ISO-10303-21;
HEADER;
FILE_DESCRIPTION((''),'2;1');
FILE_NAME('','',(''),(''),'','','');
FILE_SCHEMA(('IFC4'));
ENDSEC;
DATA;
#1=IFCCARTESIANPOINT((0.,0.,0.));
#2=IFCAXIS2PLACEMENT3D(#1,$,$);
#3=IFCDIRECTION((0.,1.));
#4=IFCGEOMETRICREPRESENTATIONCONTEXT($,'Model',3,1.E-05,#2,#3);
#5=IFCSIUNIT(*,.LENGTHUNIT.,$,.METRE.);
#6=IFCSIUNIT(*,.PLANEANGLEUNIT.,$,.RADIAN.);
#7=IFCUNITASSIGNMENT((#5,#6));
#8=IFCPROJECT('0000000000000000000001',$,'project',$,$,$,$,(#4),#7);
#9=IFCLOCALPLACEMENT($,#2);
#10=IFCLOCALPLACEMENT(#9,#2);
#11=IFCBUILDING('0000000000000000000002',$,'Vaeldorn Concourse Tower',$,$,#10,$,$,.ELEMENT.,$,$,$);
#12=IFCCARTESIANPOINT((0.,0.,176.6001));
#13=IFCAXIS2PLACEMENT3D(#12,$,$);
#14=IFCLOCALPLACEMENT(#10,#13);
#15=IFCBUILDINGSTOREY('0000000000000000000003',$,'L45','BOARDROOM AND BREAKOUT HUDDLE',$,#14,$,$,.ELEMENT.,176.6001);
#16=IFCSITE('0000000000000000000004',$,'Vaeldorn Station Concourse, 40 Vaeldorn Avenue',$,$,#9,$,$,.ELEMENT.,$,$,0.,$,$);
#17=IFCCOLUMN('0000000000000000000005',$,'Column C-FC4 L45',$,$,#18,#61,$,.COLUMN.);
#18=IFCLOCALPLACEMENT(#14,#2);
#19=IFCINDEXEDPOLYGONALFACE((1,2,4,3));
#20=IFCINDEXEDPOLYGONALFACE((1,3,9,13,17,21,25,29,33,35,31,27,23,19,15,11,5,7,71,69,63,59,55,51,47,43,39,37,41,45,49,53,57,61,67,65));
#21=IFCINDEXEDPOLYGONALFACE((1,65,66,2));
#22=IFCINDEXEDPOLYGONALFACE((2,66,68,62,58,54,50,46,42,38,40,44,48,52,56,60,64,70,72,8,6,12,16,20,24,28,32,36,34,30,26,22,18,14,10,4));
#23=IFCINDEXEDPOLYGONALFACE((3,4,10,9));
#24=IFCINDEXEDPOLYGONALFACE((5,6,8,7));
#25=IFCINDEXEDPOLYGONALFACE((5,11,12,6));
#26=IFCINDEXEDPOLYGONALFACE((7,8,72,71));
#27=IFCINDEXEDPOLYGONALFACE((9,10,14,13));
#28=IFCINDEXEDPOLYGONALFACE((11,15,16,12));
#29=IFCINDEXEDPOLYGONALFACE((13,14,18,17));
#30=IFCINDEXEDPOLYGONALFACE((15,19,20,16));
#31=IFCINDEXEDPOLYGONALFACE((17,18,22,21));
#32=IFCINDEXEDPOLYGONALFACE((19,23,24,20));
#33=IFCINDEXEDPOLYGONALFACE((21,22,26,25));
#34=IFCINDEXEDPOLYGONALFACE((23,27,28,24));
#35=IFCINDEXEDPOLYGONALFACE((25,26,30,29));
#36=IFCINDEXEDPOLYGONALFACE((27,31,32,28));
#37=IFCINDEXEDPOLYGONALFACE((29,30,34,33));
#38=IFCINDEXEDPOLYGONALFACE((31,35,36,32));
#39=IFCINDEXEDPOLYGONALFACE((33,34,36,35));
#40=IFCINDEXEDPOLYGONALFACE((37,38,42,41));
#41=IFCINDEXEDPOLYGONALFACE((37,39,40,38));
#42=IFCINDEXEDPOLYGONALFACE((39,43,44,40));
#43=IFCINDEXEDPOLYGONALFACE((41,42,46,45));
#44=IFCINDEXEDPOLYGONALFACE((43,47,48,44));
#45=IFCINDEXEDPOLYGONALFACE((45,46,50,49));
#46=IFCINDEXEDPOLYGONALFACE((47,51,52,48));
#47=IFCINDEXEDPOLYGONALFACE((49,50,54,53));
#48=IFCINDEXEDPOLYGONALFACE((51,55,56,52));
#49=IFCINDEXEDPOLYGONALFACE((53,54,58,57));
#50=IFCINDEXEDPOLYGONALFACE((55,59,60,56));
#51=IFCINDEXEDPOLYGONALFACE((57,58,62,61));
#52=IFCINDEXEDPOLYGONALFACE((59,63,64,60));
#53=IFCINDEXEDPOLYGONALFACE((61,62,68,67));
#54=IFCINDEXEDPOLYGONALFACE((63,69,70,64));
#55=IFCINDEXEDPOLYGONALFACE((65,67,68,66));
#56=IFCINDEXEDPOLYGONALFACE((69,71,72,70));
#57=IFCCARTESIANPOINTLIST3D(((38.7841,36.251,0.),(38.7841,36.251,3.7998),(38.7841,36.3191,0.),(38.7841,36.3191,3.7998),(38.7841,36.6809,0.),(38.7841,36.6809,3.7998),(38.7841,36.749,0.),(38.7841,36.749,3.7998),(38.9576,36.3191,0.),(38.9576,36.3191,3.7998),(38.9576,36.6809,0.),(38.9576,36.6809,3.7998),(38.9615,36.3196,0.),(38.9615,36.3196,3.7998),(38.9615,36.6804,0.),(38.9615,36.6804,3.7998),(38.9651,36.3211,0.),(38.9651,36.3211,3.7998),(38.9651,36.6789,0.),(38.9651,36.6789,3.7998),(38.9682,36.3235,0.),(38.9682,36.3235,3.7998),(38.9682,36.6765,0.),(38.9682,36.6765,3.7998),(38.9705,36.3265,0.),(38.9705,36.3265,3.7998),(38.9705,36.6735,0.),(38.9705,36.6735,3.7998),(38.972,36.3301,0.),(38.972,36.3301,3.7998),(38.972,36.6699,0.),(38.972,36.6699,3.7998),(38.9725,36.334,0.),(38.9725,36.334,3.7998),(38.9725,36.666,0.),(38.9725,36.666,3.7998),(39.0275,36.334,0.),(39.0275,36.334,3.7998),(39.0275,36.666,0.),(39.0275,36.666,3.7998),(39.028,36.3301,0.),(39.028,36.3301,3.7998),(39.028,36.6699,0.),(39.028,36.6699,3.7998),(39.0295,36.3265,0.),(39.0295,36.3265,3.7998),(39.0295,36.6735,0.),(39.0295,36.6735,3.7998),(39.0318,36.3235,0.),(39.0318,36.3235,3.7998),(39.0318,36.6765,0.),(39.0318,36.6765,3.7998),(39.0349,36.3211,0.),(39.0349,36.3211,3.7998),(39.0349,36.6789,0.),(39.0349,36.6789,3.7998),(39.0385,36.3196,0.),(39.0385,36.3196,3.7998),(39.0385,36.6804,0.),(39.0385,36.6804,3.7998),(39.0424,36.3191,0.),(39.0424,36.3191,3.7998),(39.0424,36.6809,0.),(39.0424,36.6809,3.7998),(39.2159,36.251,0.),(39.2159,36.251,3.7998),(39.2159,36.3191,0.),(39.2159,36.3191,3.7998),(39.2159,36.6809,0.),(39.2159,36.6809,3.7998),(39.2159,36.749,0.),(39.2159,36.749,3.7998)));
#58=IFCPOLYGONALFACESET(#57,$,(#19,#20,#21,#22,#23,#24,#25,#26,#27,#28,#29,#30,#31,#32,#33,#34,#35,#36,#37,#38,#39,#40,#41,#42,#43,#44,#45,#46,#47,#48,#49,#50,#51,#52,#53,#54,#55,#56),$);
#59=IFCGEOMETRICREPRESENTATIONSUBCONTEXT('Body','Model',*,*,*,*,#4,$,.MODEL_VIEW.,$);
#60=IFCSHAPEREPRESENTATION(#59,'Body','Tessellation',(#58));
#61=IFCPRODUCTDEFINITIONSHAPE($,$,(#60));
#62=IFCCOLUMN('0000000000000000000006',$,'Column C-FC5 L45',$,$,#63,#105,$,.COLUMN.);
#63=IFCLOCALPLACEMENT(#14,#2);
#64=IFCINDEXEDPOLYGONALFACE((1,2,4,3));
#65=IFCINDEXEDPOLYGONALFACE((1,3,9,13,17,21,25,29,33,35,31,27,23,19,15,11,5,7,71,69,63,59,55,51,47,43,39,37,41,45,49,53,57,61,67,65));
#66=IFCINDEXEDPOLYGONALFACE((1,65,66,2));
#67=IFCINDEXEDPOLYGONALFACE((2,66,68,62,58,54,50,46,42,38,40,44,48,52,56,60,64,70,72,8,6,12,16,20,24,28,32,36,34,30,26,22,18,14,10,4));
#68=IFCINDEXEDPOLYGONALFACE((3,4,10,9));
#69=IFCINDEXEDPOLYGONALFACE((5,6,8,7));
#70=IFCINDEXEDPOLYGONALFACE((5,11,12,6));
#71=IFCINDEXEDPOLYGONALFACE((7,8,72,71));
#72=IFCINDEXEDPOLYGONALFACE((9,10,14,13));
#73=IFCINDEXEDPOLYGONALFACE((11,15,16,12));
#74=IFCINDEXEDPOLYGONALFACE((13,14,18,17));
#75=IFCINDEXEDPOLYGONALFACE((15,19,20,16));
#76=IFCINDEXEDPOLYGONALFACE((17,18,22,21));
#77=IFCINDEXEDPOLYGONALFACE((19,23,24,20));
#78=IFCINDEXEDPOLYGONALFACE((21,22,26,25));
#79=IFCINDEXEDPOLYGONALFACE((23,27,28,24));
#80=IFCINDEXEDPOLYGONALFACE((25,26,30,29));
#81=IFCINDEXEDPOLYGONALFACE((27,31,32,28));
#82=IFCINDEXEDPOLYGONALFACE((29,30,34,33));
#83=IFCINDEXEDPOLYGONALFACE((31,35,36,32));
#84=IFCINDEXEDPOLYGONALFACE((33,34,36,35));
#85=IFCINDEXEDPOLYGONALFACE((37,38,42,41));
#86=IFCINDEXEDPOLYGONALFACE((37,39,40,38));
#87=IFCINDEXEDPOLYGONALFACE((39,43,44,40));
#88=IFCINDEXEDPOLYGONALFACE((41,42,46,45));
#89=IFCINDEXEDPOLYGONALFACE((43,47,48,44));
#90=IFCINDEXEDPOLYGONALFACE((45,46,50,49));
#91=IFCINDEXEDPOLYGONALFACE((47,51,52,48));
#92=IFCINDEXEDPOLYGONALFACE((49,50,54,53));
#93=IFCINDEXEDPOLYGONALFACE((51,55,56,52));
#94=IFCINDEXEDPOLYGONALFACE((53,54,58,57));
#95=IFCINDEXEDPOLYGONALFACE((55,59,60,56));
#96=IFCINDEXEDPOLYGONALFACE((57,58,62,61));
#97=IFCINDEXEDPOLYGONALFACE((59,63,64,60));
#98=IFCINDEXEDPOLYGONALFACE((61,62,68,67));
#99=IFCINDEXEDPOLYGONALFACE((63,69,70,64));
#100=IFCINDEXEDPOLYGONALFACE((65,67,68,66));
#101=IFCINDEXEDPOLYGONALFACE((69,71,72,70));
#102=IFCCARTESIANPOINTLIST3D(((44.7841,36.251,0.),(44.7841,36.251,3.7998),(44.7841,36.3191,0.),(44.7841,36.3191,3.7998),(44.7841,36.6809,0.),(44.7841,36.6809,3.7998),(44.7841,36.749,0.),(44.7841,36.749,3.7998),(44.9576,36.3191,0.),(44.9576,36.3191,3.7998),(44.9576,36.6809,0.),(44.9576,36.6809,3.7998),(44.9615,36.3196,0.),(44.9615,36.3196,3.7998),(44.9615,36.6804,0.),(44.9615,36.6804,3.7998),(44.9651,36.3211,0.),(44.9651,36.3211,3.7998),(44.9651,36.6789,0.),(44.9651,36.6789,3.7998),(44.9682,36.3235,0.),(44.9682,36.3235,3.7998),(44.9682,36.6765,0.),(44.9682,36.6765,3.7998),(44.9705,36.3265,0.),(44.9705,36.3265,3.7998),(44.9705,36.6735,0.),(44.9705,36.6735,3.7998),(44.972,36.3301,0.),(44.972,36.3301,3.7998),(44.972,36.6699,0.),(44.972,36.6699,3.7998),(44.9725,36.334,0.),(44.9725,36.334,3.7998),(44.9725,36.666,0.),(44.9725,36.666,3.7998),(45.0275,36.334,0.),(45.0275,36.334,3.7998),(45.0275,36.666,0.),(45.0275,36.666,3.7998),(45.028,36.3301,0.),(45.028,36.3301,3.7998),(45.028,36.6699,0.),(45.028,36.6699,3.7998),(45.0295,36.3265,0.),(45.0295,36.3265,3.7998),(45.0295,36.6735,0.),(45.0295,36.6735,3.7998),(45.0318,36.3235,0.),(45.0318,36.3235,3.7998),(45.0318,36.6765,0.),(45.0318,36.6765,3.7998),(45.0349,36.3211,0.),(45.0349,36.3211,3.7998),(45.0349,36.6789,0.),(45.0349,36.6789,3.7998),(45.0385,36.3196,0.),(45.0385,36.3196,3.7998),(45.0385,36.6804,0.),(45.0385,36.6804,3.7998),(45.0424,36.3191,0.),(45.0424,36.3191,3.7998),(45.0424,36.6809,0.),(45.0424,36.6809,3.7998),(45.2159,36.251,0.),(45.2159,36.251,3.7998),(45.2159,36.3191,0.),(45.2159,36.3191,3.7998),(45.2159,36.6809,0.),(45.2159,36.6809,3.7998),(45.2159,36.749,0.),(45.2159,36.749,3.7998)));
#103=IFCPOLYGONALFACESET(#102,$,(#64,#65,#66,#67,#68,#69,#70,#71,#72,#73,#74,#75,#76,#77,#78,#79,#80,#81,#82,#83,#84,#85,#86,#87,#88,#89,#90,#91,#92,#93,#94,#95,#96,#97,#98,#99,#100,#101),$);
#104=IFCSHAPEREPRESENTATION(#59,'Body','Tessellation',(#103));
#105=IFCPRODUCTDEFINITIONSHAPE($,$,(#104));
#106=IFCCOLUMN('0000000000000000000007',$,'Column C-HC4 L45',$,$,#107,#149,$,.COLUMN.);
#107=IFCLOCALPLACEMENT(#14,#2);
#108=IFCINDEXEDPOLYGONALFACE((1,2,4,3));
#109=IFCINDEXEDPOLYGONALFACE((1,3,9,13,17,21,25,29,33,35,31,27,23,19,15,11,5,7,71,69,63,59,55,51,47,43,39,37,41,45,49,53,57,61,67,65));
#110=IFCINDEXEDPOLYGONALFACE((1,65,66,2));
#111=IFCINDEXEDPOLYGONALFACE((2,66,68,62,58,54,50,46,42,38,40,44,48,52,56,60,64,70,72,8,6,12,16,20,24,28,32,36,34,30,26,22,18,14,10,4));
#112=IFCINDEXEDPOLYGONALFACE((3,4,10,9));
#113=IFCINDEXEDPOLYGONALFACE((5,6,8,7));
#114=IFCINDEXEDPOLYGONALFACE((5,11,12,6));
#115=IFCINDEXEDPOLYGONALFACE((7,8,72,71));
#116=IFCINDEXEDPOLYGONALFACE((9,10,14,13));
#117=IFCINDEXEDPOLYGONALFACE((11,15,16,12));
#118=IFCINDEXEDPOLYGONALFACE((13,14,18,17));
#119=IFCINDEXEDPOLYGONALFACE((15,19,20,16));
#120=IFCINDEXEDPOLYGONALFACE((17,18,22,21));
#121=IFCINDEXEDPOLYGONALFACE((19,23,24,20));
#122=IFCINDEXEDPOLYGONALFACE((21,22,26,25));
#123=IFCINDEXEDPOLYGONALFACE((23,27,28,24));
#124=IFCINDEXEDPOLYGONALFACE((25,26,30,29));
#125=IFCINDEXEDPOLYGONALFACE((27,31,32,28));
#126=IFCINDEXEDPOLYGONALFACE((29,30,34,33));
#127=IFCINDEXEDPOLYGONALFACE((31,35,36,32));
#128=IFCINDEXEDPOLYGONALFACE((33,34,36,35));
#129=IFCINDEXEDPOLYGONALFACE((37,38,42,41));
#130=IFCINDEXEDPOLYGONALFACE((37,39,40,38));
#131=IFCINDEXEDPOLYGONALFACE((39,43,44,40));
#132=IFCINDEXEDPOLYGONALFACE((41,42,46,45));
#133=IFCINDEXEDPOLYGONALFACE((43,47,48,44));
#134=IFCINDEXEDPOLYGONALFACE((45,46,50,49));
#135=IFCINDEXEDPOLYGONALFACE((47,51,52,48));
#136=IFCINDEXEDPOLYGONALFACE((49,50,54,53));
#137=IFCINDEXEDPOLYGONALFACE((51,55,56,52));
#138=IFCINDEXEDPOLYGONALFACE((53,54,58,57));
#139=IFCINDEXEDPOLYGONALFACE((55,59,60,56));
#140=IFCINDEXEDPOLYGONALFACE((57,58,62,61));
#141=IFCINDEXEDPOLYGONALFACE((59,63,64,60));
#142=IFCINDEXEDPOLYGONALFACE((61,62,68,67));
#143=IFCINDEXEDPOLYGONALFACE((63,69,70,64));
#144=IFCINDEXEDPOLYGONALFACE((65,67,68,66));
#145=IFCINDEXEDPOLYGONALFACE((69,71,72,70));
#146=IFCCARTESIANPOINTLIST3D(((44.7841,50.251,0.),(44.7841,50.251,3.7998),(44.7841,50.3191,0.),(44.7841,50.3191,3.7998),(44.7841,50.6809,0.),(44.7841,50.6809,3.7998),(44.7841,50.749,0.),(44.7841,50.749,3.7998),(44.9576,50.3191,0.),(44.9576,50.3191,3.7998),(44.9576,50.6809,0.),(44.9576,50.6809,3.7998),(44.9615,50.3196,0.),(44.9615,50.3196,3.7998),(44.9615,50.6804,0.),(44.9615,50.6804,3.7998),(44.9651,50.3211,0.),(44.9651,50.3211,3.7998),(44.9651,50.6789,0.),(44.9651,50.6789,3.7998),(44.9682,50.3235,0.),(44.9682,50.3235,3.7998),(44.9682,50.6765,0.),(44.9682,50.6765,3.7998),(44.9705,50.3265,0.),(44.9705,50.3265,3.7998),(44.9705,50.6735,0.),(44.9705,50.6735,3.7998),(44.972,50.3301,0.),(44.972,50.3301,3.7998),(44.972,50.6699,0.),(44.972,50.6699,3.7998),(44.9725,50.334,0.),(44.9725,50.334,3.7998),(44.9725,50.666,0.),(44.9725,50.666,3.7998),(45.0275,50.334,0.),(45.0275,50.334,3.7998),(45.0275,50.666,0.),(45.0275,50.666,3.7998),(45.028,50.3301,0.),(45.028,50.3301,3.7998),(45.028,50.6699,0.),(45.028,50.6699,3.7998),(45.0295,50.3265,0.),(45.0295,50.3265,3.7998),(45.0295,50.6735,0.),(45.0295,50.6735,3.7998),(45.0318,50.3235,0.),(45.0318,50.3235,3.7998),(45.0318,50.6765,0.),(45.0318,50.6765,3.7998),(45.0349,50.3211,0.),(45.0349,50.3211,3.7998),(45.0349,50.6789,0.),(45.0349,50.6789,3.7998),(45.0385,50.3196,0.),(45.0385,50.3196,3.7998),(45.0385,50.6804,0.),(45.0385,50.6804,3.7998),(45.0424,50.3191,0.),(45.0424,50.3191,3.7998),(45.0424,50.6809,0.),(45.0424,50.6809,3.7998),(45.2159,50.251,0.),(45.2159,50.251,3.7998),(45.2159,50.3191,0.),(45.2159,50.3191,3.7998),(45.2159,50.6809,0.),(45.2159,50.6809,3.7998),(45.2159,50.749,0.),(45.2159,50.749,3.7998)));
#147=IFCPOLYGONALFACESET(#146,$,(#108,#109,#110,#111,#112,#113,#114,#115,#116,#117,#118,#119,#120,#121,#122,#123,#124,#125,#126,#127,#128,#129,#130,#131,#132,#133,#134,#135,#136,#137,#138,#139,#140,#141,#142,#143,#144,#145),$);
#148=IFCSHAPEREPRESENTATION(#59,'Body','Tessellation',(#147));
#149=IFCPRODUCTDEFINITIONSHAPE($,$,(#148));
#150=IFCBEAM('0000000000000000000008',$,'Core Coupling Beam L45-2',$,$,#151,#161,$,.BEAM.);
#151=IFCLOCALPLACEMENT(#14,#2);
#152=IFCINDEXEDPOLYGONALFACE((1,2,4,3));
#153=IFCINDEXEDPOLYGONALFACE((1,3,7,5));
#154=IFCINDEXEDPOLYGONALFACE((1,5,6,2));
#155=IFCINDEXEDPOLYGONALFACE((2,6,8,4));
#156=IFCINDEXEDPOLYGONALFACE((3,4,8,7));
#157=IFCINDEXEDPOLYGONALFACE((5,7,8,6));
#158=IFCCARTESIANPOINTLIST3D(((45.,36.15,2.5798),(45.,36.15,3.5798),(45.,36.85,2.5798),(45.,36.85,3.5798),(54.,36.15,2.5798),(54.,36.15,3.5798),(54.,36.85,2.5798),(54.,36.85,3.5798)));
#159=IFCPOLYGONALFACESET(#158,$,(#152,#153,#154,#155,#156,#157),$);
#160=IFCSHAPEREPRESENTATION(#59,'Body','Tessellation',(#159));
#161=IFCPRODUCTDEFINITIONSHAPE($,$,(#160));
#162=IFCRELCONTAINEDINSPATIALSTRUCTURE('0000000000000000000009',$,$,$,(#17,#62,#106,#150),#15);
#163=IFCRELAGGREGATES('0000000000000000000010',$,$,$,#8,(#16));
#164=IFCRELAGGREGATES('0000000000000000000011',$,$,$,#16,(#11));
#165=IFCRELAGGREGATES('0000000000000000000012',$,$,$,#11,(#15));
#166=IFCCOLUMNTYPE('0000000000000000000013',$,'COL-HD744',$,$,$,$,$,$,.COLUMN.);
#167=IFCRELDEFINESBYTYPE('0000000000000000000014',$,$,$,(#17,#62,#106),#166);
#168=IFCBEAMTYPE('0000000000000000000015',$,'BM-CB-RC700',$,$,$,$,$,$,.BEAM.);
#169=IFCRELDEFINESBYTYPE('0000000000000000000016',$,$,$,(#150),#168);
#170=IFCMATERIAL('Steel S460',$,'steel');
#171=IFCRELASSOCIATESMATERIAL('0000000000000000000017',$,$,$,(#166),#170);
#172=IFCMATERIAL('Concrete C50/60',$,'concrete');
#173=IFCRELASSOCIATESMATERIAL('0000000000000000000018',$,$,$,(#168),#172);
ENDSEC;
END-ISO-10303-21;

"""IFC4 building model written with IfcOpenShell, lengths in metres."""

from ifc_helpers import new_model, si_unit, direction, frame, origin, origin_2d, place, context, subcontext, project, spatial, rectangle, i_section, extrude, source, transform, mapped, material, material_profile, profile_set, type_object, element, save


model = new_model("IFC4")

# Units and contexts
model_context = context("Model", 3, precision=1e-05, world=origin(), true_north=direction((0.0, 1.0)))
body_context = subcontext(model_context, "Body", "Model", "MODEL_VIEW")
ifc_project = project(units=[si_unit("LENGTHUNIT", "METRE"), si_unit("PLANEANGLEUNIT", "RADIAN")], contexts=[model_context])

# Site, building, storey
site_placement = place(None, origin())
site = spatial("IfcSite", under=ifc_project, at=site_placement, Name="Vaeldorn Station Concourse, 40 Vaeldorn Avenue", CompositionType="ELEMENT", RefElevation=0.0)
building_placement = place(site_placement, origin())
building = spatial("IfcBuilding", under=site, at=building_placement, Name="Vaeldorn Concourse Tower", CompositionType="ELEMENT")
storey_placement = place(building_placement, frame((0.0, 0.0, 176.6001)))
storey = spatial("IfcBuildingStorey", under=building, at=storey_placement, Name="L45", Description="BOARDROOM AND BREAKOUT HUDDLE", CompositionType="ELEMENT", Elevation=176.6001)

# Columns
ifc_material_1 = material(Name="Steel S460", Category="steel")
ifc_material_profile_1 = material_profile(ifc_material_1, i_section(OverallWidth=0.4319, OverallDepth=0.498, WebThickness=0.0549, FlangeThickness=0.0681, FilletRadius=0.0149, at=origin_2d()), Name="HD 400x744")
ifc_profile_set_1 = profile_set([ifc_material_profile_1], Name="Steel S460")
column_type = type_object("IfcColumnType", Name="COL-HD744", PredefinedType="COLUMN", material=ifc_profile_set_1)
shared_shape_1 = source(origin(), body_context, "Body", "SweptSolid", [
    extrude(i_section(OverallWidth=0.4319, OverallDepth=0.498, WebThickness=0.0549, FlangeThickness=0.0681, FilletRadius=0.0149, at=origin_2d()), origin(), (0.0, 0.0, 1.0), 3.7998),
])
for number, where, z_axis, x_axis, name in (
    (1, (39.0, 36.5, 0.0), (0.0, 0.0, 1.0), (1.0, 0.0, 0.0), "Column C-FC4 L45"),
    (2, (45.0, 36.5, 0.0), (0.0, 0.0, 1.0), (1.0, 0.0, 0.0), "Column C-FC5 L45"),
    (3, (45.0, 50.5, 0.0), (0.0, 0.0, 1.0), (1.0, 0.0, 0.0), "Column C-HC4 L45"),
):
    element("IfcColumn", number, at=place(storey_placement, frame(where, z_axis=z_axis, x_axis=x_axis)), inside=storey, type_object=column_type, Name=name, PredefinedType="COLUMN", context=body_context, shape_type="MappedRepresentation", body=[
        mapped(shared_shape_1, transform((0.0, 0.0, 0.0), scale=1.0)),
    ])

# Beam
ifc_material_2 = material(Name="Concrete C50/60", Category="concrete")
ifc_material_profile_2 = material_profile(ifc_material_2, rectangle(XDim=0.7, YDim=1.0, at=origin_2d()), Name="RC 700x1000")
ifc_profile_set_2 = profile_set([ifc_material_profile_2], Name="Concrete C50/60")
beam_type_1 = type_object("IfcBeamType", Name="BM-CB-RC700", PredefinedType="BEAM", material=ifc_profile_set_2)
shared_shape_2 = source(origin(), body_context, "Body", "SweptSolid", [
    extrude(rectangle(XDim=0.7, YDim=1.0, at=origin_2d()), origin(), (0.0, 0.0, 1.0), 9.0),
])
beam_1_placement = place(storey_placement, frame((45.0, 36.5, 3.0798), z_axis=(1.0, 0.0, 0.0), x_axis=(0.0, 1.0, 0.0)))
element("IfcBeam", 4, at=beam_1_placement, inside=storey, type_object=beam_type_1, Name="Core Coupling Beam L45-2", PredefinedType="BEAM", context=body_context, shape_type="MappedRepresentation", body=[
    mapped(shared_shape_2, transform((0.0, 0.0, 0.0), scale=1.0)),
])

save(model, "model.ifc")
